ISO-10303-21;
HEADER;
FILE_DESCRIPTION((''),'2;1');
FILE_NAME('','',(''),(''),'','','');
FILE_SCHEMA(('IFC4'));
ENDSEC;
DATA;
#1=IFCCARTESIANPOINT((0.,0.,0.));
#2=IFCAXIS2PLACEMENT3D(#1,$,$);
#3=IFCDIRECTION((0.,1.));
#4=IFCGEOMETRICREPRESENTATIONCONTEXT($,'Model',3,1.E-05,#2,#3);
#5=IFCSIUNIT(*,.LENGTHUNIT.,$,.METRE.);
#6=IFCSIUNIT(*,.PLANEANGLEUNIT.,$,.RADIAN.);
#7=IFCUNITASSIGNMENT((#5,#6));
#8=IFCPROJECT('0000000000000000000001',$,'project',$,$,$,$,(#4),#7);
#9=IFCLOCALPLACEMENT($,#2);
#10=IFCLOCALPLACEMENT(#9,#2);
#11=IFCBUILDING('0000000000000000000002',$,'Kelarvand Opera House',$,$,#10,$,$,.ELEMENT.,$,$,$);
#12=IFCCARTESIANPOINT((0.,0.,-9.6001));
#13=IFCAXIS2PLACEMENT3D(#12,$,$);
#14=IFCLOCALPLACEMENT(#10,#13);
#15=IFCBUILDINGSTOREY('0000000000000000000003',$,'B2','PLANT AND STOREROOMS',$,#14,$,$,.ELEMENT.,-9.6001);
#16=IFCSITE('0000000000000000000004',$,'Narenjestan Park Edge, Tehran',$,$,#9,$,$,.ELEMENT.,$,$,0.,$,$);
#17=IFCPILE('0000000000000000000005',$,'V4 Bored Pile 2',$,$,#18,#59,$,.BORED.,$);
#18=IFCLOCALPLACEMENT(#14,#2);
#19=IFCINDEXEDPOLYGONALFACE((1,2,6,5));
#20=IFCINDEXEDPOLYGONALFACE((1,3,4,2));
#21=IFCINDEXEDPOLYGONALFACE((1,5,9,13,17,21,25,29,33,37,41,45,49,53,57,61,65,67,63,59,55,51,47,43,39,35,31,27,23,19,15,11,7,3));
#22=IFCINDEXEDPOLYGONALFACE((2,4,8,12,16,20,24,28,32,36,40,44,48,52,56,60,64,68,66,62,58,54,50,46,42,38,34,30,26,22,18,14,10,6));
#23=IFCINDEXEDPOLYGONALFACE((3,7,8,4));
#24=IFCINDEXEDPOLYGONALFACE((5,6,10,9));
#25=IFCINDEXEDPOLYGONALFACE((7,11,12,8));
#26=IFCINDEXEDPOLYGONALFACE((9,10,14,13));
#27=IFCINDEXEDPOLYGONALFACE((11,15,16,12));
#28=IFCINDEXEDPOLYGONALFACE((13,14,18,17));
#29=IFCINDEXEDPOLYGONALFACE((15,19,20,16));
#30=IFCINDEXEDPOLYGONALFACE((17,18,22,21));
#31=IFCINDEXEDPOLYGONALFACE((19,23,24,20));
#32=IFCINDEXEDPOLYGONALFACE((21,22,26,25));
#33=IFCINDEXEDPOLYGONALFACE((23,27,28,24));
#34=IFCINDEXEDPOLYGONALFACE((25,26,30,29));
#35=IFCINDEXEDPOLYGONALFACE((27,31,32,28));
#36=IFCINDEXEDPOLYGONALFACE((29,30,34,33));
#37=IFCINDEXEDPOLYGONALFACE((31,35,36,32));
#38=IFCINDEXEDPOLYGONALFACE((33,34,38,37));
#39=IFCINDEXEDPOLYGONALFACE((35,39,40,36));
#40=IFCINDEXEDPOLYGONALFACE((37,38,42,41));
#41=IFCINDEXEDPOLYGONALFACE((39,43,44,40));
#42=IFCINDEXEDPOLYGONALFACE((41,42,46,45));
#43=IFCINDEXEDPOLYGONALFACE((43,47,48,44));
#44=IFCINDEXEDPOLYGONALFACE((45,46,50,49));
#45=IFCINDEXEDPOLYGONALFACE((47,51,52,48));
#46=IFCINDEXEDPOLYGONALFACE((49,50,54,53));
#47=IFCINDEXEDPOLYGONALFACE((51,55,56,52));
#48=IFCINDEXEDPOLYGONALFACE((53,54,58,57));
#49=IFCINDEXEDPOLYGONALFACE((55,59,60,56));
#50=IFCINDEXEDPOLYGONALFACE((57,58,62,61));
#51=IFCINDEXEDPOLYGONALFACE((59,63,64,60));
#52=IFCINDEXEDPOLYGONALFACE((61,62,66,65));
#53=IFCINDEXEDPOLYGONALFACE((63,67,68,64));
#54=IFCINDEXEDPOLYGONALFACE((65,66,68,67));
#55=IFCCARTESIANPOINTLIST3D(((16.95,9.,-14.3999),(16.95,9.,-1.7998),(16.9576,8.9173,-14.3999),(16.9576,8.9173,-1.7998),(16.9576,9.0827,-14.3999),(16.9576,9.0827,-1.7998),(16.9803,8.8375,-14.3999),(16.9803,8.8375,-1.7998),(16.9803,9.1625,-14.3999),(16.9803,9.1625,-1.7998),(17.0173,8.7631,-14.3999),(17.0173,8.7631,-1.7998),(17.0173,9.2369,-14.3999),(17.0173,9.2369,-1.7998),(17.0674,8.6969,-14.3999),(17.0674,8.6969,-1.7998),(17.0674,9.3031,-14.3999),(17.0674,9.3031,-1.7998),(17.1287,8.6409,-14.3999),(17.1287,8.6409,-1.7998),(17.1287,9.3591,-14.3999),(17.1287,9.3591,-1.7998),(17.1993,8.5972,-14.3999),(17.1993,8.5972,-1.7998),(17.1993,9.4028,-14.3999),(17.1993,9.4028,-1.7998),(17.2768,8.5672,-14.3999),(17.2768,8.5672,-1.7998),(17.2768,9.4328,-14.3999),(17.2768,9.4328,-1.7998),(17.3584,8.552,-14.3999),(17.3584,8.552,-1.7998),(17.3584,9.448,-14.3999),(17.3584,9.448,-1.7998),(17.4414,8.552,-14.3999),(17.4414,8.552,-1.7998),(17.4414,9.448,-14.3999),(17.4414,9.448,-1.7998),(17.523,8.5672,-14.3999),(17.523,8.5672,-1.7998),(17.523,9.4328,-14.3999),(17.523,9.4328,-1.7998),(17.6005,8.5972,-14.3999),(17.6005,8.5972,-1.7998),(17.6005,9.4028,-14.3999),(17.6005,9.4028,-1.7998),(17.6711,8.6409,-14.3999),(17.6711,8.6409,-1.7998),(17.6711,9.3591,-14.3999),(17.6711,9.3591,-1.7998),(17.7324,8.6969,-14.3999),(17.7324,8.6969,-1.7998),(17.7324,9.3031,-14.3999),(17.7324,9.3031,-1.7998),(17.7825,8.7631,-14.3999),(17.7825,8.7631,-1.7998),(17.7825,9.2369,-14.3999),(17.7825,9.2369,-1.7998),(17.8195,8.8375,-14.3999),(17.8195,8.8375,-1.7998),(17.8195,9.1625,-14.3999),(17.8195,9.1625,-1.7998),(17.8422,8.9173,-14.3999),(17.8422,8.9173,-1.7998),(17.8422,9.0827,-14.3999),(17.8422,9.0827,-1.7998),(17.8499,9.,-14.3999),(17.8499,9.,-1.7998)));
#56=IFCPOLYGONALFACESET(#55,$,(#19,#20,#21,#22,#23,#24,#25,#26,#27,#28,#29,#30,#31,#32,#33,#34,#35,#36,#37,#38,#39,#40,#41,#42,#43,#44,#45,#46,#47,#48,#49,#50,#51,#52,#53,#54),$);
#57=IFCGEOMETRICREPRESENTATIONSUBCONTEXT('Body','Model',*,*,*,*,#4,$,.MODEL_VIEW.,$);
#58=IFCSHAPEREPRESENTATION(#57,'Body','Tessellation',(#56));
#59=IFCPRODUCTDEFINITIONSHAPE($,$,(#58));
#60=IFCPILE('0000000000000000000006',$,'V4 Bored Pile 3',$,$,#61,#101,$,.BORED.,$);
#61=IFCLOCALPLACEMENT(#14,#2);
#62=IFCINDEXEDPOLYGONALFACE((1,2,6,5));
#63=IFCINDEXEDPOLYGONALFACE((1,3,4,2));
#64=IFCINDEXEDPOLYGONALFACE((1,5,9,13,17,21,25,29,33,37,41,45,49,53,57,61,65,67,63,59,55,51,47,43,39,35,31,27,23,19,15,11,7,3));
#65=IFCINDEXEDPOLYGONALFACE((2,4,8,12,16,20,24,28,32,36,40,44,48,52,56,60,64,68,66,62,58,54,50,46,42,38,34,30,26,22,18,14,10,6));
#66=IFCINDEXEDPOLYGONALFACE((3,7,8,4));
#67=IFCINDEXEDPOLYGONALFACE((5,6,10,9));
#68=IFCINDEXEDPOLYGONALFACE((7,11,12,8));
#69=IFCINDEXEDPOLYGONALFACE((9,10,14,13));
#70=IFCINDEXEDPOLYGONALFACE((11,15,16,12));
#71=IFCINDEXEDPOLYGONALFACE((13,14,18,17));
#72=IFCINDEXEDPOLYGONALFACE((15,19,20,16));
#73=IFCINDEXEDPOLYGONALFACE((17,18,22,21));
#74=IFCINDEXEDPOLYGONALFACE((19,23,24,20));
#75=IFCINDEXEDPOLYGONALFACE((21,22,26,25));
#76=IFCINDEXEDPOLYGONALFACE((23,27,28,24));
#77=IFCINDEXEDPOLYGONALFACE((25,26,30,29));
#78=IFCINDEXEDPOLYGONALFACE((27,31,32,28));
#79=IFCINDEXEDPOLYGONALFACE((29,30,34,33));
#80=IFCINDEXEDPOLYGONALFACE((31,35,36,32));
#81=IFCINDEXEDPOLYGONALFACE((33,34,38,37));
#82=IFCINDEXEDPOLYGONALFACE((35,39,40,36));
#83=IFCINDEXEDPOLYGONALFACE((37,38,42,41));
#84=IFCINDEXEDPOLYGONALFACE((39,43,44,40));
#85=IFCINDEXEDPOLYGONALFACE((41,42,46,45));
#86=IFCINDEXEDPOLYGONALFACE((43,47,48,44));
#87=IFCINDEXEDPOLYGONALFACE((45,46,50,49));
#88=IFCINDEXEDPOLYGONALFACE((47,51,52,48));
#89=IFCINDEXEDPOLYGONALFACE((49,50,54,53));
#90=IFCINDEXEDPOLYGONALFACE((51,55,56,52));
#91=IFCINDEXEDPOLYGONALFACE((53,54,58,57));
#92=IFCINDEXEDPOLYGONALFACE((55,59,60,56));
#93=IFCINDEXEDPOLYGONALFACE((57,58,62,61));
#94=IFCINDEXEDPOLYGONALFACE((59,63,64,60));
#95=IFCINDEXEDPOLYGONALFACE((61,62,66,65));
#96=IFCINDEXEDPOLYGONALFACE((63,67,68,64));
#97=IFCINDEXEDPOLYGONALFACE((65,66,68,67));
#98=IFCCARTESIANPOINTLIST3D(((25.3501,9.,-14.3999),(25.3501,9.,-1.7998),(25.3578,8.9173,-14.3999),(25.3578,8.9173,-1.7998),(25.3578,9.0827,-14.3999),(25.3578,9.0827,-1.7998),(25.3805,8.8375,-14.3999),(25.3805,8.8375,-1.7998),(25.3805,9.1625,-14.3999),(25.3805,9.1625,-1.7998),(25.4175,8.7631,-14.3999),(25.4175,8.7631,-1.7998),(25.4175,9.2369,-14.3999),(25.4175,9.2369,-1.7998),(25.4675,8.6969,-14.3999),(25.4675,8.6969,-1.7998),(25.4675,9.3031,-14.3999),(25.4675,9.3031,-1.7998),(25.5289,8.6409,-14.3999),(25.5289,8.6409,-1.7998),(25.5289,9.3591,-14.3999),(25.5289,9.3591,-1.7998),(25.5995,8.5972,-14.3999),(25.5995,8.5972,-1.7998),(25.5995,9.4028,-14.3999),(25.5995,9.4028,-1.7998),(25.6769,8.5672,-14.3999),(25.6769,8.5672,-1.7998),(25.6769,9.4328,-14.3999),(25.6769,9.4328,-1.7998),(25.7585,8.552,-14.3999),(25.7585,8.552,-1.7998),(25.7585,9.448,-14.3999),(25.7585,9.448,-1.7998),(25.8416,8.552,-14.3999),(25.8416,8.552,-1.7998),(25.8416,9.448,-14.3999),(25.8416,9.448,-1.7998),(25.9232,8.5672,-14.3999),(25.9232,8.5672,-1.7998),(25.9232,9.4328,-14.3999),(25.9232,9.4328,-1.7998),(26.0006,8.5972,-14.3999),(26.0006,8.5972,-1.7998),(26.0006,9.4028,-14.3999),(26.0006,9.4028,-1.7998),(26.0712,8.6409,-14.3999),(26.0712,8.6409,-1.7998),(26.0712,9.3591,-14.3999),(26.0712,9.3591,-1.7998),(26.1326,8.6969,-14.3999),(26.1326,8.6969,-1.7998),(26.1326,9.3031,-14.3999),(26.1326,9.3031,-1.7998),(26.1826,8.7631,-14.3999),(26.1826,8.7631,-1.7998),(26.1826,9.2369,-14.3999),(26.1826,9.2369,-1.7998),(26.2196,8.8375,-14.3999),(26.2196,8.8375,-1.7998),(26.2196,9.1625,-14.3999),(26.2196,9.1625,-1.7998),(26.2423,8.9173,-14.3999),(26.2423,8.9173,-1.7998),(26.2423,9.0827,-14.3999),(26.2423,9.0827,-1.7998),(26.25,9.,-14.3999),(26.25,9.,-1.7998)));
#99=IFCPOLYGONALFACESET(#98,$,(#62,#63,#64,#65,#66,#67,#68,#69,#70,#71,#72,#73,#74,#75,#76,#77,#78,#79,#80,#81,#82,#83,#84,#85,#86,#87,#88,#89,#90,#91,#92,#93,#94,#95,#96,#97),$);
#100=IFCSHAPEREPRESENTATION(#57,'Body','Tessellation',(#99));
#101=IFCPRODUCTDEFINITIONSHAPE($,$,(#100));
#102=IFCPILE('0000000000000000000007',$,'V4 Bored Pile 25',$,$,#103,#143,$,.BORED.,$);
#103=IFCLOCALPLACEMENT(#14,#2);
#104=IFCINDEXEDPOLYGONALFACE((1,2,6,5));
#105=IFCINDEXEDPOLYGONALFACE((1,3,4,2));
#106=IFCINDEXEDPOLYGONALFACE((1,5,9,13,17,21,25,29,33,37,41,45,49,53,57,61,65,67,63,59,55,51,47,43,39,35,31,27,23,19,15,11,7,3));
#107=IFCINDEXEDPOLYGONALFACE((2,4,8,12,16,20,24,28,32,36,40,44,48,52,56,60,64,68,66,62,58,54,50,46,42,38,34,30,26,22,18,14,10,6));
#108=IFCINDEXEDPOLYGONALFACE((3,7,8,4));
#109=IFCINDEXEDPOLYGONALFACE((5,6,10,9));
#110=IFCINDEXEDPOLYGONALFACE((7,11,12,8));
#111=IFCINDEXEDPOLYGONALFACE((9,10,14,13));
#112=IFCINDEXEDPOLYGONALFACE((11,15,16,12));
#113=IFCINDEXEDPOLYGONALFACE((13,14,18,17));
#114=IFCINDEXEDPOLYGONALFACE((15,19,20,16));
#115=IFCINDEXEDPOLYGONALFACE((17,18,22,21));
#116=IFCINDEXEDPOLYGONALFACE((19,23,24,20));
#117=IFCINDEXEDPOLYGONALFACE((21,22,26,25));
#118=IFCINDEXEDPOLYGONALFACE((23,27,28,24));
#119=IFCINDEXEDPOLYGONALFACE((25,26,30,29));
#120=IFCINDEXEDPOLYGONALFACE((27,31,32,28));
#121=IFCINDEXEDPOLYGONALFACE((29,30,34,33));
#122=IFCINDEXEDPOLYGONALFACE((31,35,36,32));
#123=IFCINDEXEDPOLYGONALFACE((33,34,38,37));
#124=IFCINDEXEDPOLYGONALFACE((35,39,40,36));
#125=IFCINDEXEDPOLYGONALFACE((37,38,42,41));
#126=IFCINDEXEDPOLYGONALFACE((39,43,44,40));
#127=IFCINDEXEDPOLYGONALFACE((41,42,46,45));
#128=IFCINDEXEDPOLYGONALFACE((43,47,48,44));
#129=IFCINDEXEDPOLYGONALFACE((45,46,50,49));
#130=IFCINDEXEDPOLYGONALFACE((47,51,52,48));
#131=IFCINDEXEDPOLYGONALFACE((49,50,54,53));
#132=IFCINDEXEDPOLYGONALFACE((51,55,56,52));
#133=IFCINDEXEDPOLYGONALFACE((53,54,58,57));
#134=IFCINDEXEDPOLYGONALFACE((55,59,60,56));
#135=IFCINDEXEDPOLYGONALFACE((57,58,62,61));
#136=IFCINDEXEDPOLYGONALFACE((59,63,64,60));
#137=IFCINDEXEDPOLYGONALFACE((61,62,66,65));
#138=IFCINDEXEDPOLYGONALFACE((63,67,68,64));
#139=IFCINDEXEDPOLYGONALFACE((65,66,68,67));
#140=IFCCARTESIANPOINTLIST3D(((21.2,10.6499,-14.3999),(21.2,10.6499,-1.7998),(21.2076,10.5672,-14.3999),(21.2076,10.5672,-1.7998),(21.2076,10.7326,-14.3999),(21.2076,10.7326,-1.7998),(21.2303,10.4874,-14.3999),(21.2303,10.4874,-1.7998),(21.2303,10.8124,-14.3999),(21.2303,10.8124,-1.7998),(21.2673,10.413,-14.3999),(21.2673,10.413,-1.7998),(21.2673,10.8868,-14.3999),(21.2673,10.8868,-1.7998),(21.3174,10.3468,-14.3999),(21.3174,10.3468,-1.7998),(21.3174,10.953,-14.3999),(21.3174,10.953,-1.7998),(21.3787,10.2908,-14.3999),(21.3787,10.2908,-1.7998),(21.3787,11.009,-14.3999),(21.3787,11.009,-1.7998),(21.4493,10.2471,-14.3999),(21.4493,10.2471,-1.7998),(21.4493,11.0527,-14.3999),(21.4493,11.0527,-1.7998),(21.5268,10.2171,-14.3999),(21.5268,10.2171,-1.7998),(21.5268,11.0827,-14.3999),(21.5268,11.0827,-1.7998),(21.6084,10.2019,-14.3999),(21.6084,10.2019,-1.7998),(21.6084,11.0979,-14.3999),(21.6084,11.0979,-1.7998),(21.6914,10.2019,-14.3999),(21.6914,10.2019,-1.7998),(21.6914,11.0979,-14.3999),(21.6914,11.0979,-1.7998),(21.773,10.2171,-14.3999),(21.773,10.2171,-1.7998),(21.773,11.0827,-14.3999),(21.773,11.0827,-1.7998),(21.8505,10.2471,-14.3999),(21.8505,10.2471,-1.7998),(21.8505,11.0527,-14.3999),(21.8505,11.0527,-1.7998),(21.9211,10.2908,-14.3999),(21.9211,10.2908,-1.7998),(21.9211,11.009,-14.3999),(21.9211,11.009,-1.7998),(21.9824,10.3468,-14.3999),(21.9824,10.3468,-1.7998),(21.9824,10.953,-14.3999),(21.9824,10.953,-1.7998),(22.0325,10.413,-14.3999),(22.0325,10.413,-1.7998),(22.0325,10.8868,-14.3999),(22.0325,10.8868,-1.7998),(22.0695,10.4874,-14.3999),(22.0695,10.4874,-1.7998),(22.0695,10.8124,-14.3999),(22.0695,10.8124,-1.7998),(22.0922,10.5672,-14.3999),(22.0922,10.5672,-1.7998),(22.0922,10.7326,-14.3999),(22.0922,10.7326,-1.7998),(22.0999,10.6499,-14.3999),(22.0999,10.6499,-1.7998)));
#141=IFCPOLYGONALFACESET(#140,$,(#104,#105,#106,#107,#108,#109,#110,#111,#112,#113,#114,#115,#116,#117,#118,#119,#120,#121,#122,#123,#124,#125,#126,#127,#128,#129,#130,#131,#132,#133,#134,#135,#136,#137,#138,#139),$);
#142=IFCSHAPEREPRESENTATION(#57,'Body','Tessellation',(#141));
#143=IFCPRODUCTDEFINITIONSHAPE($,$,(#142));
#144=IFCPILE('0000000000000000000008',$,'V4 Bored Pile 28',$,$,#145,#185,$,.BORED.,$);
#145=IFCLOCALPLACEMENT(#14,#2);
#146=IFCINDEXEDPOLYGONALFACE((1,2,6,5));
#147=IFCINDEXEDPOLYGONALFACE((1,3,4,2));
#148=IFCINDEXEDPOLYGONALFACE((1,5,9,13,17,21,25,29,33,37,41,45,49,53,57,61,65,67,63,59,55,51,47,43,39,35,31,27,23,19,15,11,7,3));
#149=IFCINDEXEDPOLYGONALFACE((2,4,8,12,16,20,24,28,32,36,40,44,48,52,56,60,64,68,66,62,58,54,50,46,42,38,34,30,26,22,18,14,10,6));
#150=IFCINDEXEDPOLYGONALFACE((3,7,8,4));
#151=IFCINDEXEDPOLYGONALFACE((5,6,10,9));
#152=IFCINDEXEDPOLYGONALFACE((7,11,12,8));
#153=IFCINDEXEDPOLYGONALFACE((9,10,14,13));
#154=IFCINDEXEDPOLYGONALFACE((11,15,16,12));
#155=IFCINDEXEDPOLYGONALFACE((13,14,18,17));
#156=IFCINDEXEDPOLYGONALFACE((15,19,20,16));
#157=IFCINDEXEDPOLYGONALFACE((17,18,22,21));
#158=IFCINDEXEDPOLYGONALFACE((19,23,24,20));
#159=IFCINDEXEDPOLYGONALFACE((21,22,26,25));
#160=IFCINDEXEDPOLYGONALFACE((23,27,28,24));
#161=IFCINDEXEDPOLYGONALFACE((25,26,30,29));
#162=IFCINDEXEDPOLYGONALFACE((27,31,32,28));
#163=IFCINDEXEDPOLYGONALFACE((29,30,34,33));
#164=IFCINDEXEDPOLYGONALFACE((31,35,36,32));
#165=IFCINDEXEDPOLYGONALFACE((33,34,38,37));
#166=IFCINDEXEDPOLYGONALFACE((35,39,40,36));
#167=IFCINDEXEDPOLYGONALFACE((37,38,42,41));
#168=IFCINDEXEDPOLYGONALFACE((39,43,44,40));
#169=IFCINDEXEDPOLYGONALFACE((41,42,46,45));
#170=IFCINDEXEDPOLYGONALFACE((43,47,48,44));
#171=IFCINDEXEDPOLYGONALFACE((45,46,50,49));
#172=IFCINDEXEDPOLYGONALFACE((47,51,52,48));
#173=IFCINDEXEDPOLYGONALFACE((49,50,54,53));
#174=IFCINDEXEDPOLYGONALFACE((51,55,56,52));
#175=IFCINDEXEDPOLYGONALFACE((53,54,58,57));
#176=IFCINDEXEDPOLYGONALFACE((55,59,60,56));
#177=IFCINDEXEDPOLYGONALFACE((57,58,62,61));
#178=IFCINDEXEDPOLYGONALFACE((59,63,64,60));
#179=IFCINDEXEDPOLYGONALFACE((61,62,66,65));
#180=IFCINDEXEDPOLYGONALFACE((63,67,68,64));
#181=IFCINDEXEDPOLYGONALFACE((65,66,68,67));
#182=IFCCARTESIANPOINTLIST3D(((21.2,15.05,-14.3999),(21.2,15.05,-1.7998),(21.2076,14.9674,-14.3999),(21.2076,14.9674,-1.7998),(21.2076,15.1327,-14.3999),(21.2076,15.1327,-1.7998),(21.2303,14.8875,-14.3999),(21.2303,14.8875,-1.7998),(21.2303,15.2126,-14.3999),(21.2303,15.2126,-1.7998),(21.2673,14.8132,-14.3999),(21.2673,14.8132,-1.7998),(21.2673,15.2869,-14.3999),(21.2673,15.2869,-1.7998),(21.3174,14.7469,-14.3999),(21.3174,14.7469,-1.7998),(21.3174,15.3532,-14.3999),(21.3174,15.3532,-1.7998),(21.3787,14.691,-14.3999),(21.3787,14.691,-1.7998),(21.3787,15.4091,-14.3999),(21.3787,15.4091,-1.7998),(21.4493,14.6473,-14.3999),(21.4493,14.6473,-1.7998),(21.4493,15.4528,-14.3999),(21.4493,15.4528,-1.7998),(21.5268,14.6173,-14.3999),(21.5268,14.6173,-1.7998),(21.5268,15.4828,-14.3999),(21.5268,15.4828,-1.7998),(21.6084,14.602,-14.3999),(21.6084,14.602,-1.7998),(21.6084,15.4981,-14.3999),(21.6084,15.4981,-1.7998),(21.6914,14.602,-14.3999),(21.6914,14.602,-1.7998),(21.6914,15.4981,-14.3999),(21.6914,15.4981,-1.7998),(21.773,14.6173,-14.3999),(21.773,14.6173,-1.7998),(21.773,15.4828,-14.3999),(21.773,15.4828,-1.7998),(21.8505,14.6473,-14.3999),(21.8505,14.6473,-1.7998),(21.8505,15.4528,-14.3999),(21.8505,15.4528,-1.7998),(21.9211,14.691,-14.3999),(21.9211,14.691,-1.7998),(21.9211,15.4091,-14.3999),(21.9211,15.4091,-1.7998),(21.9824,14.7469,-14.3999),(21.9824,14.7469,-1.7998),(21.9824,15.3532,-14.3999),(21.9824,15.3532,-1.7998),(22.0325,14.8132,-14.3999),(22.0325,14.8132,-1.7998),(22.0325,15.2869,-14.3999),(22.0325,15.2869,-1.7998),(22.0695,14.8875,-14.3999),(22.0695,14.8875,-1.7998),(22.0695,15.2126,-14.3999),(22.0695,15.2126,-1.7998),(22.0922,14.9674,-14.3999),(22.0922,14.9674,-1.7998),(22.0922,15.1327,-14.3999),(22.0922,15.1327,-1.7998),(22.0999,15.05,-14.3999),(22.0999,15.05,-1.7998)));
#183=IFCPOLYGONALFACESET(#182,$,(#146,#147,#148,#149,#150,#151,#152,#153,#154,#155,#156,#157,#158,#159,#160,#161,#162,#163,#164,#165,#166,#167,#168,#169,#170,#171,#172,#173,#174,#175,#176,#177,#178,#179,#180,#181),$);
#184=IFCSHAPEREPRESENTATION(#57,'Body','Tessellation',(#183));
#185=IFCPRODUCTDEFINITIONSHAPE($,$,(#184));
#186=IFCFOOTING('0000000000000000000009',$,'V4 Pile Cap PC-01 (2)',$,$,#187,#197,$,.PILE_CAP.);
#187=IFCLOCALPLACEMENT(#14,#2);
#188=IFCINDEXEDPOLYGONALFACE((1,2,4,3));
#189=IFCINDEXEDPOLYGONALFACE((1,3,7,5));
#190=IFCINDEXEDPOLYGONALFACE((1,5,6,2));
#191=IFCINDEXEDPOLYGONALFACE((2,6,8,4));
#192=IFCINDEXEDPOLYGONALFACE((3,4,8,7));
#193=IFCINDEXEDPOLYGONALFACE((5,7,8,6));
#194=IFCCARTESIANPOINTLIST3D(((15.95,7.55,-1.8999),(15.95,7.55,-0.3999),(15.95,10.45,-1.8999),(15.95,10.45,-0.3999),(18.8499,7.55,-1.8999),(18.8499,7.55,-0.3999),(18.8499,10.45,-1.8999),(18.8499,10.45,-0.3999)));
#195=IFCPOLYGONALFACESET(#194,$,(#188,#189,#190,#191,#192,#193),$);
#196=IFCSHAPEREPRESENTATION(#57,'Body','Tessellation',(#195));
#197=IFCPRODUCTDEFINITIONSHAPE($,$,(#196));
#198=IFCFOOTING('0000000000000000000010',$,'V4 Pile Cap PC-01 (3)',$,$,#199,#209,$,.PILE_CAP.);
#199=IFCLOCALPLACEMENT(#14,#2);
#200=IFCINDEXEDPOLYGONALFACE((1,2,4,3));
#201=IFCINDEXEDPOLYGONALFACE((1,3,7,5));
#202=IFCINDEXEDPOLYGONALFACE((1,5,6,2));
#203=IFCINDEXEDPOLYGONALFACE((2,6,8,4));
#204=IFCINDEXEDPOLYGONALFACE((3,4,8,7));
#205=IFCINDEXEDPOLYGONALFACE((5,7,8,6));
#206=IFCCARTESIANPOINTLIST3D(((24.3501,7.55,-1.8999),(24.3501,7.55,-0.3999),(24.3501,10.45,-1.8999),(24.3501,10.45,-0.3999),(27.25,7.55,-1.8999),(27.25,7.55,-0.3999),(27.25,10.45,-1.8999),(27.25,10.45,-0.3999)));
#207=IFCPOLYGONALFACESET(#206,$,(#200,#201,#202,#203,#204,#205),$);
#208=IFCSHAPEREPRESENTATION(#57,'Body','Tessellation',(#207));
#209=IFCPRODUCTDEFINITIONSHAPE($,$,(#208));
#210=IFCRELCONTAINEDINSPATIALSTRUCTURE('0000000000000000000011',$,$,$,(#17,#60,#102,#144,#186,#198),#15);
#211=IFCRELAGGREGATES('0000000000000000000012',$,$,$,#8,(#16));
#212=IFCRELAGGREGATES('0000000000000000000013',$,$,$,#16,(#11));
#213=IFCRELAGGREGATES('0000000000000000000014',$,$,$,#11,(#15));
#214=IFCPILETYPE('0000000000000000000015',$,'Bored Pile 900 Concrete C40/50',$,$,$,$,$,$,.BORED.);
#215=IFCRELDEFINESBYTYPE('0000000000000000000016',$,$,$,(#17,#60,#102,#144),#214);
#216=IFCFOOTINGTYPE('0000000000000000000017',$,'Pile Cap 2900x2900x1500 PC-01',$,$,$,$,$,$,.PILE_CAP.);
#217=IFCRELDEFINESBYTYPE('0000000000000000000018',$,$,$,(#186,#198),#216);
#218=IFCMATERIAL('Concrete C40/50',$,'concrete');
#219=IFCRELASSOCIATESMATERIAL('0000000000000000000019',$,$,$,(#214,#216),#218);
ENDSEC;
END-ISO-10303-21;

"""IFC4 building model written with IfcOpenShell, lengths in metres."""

from ifc_helpers import new_model, si_unit, direction, frame, origin, origin_2d, place, context, subcontext, project, spatial, rectangle, circle, extrude, material, material_profile, profile_set, type_object, element, save


model = new_model("IFC4")

# Units and contexts
model_context = context("Model", 3, precision=1e-05, world=origin(), true_north=direction((0.0, 1.0)))
body_context = subcontext(model_context, "Body", "Model", "MODEL_VIEW")
ifc_project = project(units=[si_unit("LENGTHUNIT", "METRE"), si_unit("PLANEANGLEUNIT", "RADIAN")], contexts=[model_context])

# Site, building, storey
site_placement = place(None, origin())
site = spatial("IfcSite", under=ifc_project, at=site_placement, Name="Narenjestan Park Edge, Tehran", CompositionType="ELEMENT", RefElevation=0.0)
building_placement = place(site_placement, origin())
building = spatial("IfcBuilding", under=site, at=building_placement, Name="Kelarvand Opera House", CompositionType="ELEMENT")
storey_placement = place(building_placement, frame((0.0, 0.0, -9.6001)))
storey = spatial("IfcBuildingStorey", under=building, at=storey_placement, Name="B2", Description="PLANT AND STOREROOMS", CompositionType="ELEMENT", Elevation=-9.6001)

# Piles
ifc_material_1 = material(Name="Concrete C40/50", Category="concrete")
ifc_material_profile_1 = material_profile(ifc_material_1, circle(Radius=0.45, at=origin_2d()), Name="BP 900", Category="concrete")
ifc_profile_set_1 = profile_set([ifc_material_profile_1], Name="Concrete C40/50")
pile_type = type_object("IfcPileType", Name="Bored Pile 900 Concrete C40/50", PredefinedType="BORED", material=ifc_profile_set_1)
for number, where, z_axis, x_axis, name in (
    (1, (17.3999, 9.0, -1.7998), (0.0, 0.0, -1.0), (1.0, 0.0, 0.0), "V4 Bored Pile 2"),
    (2, (25.8, 9.0, -1.7998), (0.0, 0.0, -1.0), (1.0, 0.0, 0.0), "V4 Bored Pile 3"),
    (3, (21.6499, 10.6499, -1.7998), (0.0, 0.0, -1.0), (1.0, 0.0, 0.0), "V4 Bored Pile 25"),
    (4, (21.6499, 15.05, -1.7998), (0.0, 0.0, -1.0), (1.0, 0.0, 0.0), "V4 Bored Pile 28"),
):
    element("IfcPile", number, at=place(storey_placement, frame(where, z_axis=z_axis, x_axis=x_axis)), inside=storey, type_object=pile_type, Name=name, PredefinedType="BORED", context=body_context, shape_type="SweptSolid", body=[
        extrude(circle(Radius=0.45, at=origin_2d()), origin(), (0.0, 0.0, 1.0), 12.6001),
    ])

# Footings
footing_type = type_object("IfcFootingType", Name="Pile Cap 2900x2900x1500 PC-01", PredefinedType="PILE_CAP", material=ifc_material_1)
for number, where, z_axis, x_axis, name in (
    (5, (17.3999, 9.0, -1.8999), (0.0, 0.0, 1.0), (1.0, 0.0, 0.0), "V4 Pile Cap PC-01 (2)"),
    (6, (25.8, 9.0, -1.8999), (0.0, 0.0, 1.0), (1.0, 0.0, 0.0), "V4 Pile Cap PC-01 (3)"),
):
    element("IfcFooting", number, at=place(storey_placement, frame(where, z_axis=z_axis, x_axis=x_axis)), inside=storey, type_object=footing_type, Name=name, PredefinedType="PILE_CAP", context=body_context, shape_type="SweptSolid", body=[
        extrude(rectangle(XDim=2.8999, YDim=2.8999, at=origin_2d()), origin(), (0.0, 0.0, 1.0), 1.5),
    ])

save(model, "model.ifc")
